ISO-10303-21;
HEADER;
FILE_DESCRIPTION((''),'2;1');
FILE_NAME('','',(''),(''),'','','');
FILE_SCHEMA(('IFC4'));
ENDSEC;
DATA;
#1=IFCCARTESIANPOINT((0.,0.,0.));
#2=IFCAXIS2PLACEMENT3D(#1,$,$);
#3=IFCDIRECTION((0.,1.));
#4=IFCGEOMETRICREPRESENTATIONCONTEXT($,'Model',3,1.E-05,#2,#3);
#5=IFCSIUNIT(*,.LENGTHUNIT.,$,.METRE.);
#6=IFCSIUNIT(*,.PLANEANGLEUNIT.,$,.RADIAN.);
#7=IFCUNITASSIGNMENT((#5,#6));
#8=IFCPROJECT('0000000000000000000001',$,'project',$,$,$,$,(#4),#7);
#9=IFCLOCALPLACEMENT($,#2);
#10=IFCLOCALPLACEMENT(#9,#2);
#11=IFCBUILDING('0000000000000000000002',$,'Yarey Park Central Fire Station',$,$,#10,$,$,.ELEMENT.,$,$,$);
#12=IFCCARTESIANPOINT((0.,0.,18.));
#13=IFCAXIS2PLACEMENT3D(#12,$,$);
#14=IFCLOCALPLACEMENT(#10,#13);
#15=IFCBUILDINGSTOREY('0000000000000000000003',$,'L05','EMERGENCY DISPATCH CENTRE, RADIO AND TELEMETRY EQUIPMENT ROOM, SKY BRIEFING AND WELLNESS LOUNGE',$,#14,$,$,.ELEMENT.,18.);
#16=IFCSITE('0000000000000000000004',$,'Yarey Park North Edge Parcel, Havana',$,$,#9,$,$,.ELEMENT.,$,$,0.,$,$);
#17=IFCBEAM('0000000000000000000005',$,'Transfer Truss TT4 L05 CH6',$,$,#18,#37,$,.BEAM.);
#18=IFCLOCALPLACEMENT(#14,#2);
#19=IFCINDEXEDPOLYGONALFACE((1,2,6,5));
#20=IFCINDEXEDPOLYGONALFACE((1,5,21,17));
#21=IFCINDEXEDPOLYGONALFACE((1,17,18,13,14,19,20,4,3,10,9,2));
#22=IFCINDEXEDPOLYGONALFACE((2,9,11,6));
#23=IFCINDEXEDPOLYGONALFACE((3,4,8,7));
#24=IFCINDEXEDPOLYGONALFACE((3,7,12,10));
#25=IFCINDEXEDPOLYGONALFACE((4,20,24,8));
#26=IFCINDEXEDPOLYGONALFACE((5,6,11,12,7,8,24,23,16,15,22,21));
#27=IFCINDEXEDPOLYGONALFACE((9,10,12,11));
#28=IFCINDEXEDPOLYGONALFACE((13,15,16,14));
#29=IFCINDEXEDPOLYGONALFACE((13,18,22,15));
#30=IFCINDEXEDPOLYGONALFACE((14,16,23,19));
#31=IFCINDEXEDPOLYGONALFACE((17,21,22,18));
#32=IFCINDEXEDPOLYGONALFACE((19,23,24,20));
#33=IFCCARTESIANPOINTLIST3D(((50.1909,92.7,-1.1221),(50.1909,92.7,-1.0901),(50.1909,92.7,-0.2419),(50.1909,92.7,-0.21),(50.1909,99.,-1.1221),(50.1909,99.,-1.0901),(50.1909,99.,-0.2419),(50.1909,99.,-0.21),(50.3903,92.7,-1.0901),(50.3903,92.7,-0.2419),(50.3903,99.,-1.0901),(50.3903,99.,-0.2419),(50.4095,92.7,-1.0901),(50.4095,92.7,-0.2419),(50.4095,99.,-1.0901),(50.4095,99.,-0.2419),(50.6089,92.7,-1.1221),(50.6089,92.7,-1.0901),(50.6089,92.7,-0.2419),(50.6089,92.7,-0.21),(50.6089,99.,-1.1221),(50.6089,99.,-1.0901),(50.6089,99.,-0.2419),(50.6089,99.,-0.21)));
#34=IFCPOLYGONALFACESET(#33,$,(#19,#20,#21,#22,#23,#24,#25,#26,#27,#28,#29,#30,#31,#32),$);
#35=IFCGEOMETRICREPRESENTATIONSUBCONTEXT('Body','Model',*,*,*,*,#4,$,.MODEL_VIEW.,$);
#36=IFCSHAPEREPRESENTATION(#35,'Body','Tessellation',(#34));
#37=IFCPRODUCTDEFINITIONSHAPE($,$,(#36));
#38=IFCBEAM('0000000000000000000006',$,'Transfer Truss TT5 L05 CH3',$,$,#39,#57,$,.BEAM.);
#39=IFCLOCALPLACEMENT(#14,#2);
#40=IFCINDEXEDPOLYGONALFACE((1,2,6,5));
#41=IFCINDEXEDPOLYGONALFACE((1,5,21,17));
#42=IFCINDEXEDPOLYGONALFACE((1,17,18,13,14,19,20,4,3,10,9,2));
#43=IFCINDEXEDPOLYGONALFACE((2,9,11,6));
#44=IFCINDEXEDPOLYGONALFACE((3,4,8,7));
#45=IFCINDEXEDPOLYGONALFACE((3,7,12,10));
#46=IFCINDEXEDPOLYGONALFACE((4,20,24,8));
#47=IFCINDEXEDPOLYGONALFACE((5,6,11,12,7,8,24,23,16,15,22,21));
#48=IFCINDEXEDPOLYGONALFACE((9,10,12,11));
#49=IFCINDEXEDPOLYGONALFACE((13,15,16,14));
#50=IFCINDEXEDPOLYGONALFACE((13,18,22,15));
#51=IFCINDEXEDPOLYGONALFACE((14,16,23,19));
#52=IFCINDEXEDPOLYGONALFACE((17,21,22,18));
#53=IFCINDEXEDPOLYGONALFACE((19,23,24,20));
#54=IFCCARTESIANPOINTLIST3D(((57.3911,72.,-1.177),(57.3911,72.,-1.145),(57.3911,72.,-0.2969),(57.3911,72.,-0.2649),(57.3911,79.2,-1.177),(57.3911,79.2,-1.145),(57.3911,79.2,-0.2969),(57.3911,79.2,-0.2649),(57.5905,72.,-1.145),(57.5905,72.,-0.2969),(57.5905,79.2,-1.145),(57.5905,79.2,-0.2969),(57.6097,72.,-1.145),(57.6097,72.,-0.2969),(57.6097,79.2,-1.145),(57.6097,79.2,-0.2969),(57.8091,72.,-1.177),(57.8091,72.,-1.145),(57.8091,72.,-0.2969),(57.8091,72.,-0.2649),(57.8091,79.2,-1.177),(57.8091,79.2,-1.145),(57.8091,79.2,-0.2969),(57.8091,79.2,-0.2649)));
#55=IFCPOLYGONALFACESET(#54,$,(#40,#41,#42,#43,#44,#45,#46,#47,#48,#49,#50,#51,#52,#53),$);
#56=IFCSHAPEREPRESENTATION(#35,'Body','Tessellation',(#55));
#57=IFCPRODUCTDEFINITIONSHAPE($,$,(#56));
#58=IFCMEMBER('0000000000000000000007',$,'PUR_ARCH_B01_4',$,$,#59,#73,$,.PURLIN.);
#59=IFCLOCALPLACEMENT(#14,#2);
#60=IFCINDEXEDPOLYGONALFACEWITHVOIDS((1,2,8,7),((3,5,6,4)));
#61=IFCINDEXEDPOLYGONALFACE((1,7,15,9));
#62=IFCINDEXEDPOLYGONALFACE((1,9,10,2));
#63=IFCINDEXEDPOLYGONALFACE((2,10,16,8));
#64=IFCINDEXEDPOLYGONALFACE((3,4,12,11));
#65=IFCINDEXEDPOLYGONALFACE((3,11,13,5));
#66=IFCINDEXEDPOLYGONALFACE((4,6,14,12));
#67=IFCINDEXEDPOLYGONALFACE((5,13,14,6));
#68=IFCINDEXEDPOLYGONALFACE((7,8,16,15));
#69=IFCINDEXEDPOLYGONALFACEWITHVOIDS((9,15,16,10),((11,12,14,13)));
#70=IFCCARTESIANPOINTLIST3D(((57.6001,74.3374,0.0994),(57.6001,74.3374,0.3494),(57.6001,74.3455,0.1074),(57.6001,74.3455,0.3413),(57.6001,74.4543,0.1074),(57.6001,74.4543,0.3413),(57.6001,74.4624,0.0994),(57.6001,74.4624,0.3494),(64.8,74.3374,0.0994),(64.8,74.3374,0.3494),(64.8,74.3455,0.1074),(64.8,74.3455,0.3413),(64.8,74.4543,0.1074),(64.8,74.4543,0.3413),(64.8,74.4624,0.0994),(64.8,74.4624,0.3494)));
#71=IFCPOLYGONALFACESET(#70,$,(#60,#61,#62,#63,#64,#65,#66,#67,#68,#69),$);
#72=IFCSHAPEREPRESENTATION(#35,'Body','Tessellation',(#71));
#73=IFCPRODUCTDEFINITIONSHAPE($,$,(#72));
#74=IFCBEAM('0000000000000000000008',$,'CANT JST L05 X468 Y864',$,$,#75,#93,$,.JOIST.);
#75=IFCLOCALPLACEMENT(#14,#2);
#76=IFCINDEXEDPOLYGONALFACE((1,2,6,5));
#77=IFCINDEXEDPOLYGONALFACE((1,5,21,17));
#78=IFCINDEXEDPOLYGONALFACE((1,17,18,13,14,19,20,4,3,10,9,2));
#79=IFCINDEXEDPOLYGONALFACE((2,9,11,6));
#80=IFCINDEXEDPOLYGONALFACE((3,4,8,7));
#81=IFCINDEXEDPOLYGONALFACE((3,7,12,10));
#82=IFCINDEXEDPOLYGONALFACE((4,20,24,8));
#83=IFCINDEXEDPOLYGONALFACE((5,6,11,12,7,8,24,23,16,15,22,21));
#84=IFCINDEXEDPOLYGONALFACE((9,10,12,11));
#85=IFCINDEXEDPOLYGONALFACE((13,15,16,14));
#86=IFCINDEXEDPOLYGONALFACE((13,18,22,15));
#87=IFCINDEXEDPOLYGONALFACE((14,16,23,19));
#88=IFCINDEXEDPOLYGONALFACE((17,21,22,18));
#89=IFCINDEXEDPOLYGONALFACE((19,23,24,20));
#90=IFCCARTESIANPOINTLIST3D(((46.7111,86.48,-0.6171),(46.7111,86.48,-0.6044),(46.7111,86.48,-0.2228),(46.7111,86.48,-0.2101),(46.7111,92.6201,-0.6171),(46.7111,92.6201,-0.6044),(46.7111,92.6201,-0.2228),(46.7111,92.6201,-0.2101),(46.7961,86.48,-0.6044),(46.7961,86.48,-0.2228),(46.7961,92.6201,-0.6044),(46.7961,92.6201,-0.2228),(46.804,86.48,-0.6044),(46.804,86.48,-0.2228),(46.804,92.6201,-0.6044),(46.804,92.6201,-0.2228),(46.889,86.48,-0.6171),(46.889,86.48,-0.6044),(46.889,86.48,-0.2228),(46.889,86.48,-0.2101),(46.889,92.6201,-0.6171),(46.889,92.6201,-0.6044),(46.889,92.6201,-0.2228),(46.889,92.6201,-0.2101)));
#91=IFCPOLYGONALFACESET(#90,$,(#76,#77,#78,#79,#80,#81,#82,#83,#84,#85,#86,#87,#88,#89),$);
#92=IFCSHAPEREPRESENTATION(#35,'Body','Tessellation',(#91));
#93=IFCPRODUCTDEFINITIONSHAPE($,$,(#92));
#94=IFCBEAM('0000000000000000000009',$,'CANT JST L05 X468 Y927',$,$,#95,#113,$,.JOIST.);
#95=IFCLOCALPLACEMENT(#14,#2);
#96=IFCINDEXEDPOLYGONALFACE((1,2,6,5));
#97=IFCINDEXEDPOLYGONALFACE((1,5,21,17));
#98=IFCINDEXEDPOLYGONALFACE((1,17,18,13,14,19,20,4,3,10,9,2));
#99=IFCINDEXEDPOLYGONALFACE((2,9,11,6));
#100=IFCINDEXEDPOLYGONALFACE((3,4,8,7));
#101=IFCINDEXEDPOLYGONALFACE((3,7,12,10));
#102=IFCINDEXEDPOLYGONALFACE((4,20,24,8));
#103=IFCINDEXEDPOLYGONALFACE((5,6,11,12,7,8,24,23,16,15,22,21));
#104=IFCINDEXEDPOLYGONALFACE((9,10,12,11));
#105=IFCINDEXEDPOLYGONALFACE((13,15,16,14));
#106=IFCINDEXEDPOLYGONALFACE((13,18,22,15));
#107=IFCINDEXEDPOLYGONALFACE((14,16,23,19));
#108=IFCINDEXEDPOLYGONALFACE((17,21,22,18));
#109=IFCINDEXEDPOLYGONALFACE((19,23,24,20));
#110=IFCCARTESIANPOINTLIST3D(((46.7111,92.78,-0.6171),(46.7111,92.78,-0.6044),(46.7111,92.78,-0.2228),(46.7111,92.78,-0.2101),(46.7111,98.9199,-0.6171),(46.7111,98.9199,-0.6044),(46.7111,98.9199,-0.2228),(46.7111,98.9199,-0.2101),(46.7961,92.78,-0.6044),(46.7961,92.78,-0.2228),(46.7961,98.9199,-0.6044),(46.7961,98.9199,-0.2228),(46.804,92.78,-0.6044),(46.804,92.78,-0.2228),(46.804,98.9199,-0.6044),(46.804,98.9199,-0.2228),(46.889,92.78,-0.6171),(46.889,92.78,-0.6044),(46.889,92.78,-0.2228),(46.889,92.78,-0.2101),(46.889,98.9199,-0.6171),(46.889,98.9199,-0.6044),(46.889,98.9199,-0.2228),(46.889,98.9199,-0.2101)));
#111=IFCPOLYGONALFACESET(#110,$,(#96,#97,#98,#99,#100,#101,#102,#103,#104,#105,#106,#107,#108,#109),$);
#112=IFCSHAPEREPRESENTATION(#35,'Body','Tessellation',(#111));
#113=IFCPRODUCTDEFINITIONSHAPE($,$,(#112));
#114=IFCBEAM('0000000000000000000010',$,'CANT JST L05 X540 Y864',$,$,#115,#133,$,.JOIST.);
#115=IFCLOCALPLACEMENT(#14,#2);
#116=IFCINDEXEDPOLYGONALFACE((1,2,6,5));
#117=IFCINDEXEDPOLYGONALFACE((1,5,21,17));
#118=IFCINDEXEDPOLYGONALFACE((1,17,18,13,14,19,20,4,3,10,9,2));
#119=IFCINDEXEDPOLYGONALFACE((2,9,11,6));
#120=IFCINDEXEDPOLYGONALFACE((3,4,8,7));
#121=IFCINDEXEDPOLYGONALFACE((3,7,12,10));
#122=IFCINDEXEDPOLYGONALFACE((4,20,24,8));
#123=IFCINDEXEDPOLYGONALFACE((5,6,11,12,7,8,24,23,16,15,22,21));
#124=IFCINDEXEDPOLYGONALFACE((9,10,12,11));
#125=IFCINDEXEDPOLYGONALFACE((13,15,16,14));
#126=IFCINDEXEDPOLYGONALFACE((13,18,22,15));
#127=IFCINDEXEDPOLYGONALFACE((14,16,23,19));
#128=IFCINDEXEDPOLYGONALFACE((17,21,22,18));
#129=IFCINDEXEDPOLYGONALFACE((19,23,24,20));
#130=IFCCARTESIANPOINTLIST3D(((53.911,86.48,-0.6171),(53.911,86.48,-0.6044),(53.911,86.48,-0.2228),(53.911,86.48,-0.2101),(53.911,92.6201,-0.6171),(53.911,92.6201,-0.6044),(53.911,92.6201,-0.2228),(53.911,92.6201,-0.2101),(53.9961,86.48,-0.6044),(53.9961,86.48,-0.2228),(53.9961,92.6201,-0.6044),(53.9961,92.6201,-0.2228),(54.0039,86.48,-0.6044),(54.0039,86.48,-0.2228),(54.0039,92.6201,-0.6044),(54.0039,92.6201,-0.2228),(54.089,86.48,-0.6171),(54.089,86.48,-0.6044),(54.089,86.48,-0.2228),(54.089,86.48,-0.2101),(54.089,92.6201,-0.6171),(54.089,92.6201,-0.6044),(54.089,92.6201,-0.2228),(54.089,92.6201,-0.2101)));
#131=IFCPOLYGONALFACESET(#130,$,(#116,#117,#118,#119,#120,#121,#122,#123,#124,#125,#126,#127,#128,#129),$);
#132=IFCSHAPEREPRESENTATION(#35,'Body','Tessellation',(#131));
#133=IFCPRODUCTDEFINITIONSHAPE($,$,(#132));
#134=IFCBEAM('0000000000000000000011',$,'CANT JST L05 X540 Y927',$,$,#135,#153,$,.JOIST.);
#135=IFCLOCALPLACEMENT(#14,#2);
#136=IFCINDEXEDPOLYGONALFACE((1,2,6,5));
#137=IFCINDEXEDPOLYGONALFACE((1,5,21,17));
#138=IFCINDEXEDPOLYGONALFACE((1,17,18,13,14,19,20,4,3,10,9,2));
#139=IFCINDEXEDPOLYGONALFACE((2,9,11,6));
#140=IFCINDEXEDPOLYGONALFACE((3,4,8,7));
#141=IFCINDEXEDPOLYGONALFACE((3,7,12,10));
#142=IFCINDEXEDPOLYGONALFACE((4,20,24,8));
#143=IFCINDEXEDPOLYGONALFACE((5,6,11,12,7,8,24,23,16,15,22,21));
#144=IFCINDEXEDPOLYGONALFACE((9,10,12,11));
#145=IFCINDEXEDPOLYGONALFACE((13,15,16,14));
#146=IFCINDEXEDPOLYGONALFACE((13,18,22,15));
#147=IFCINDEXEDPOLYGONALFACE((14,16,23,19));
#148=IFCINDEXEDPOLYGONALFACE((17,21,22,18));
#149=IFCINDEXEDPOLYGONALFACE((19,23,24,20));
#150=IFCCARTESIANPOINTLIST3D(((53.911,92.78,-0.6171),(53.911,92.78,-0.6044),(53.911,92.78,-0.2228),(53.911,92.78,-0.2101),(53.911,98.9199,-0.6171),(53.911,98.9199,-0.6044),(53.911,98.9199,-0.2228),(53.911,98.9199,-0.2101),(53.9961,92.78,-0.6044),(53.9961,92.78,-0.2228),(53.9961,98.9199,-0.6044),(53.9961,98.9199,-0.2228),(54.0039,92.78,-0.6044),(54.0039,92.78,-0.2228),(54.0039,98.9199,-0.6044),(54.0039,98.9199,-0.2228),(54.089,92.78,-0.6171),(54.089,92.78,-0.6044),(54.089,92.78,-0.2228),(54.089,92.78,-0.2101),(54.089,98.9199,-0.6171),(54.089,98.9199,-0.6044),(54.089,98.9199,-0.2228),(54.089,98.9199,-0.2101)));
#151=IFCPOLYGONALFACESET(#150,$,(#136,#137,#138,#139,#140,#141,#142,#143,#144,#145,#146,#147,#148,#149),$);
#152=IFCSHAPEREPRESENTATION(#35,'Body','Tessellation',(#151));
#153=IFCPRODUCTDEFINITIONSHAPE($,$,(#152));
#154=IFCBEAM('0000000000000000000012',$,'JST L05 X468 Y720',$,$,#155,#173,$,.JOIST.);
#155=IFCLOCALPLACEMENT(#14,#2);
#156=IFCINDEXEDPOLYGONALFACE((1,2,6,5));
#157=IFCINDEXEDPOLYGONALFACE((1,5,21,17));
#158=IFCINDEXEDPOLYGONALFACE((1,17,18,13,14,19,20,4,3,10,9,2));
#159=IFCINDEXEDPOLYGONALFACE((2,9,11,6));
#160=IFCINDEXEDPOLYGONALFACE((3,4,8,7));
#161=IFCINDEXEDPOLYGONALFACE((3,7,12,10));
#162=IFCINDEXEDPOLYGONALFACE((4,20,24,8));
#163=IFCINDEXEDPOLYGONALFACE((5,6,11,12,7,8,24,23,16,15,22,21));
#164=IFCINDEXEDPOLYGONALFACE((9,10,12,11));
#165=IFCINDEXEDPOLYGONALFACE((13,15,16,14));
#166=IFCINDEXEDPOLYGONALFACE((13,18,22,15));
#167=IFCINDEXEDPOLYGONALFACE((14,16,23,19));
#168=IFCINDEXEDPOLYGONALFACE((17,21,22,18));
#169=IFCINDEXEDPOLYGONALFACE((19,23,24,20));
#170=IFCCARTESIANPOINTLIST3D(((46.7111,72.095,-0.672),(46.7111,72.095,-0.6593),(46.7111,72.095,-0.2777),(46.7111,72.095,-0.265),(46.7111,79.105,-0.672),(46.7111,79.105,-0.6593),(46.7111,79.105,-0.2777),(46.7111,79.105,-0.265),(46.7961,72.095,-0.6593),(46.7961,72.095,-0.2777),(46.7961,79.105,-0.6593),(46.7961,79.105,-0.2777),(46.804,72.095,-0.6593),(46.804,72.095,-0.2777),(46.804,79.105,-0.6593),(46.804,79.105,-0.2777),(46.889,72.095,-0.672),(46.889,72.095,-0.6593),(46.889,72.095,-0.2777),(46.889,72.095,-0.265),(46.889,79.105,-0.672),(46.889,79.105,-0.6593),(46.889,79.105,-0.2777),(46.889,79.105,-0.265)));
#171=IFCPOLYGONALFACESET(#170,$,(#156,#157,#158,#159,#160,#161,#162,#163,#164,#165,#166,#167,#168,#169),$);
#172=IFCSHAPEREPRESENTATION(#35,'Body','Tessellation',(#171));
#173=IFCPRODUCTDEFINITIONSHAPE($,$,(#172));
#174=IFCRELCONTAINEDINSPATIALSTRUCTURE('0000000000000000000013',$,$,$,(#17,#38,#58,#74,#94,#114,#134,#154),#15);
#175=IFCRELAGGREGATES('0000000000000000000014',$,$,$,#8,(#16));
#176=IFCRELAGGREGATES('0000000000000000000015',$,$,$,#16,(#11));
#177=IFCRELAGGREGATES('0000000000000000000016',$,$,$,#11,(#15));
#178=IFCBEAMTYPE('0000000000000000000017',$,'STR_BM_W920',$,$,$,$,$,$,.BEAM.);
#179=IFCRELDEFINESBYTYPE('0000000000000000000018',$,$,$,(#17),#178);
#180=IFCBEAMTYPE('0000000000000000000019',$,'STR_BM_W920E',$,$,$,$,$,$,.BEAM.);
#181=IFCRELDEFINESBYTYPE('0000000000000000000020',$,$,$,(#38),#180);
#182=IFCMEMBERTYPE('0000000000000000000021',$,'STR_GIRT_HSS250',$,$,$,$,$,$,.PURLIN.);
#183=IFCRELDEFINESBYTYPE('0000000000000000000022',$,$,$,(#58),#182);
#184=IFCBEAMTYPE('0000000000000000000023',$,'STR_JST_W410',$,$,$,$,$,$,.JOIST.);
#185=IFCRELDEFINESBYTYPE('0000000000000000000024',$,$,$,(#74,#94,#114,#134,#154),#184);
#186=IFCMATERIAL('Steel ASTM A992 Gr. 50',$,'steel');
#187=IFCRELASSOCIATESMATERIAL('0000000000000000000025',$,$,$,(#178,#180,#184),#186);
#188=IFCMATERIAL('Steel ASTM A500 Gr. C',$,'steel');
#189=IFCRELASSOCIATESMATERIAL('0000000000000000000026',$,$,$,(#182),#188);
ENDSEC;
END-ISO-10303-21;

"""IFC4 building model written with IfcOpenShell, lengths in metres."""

from ifc_helpers import new_model, si_unit, direction, frame, origin, origin_2d, place, context, subcontext, project, spatial, hollow_rectangle, i_section, extrude, material, material_profile, profile_set, type_object, element, save


model = new_model("IFC4")

# Units and contexts
model_context = context("Model", 3, precision=1e-05, world=origin(), true_north=direction((0.0, 1.0)))
body_context = subcontext(model_context, "Body", "Model", "MODEL_VIEW")
ifc_project = project(units=[si_unit("LENGTHUNIT", "METRE"), si_unit("PLANEANGLEUNIT", "RADIAN")], contexts=[model_context])

# Site, building, storey
site_placement = place(None, origin())
site = spatial("IfcSite", under=ifc_project, at=site_placement, Name="Yarey Park North Edge Parcel, Havana", CompositionType="ELEMENT", RefElevation=0.0)
building_placement = place(site_placement, origin())
building = spatial("IfcBuilding", under=site, at=building_placement, Name="Yarey Park Central Fire Station", CompositionType="ELEMENT")
storey_placement = place(building_placement, frame((0.0, 0.0, 18.0)))
storey = spatial("IfcBuildingStorey", under=building, at=storey_placement, Name="L05", Description="EMERGENCY DISPATCH CENTRE, RADIO AND TELEMETRY EQUIPMENT ROOM, SKY BRIEFING AND WELLNESS LOUNGE", CompositionType="ELEMENT", Elevation=18.0)

# Shared definitions
ifc_material_1 = material(Name="Steel ASTM A992 Gr. 50", Category="steel")

# Beams
ifc_material_profile_1 = material_profile(ifc_material_1, i_section(OverallWidth=0.418, OverallDepth=0.9121, WebThickness=0.0193, FlangeThickness=0.032, at=origin_2d()), Name="W920x342")
ifc_profile_set_1 = profile_set([ifc_material_profile_1], Name="Steel ASTM A992 Gr. 50")
beam_type_1 = type_object("IfcBeamType", Name="STR_BM_W920", PredefinedType="BEAM", material=ifc_profile_set_1)
for number, where, z_axis, x_axis, name in (
    (1, (50.3999, 92.7, -0.666), (0.0, 1.0, 0.0), (-1.0, 0.0, 0.0), "Transfer Truss TT4 L05 CH6"),
):
    element("IfcBeam", number, at=place(storey_placement, frame(where, z_axis=z_axis, x_axis=x_axis)), inside=storey, type_object=beam_type_1, Name=name, PredefinedType="BEAM", context=body_context, shape_type="SweptSolid", body=[
        extrude(i_section(OverallWidth=0.418, OverallDepth=0.9121, WebThickness=0.0193, FlangeThickness=0.032, at=origin_2d()), origin(), (0.0, 0.0, 1.0), 6.3),
    ])
ifc_material_profile_2 = material_profile(ifc_material_1, i_section(OverallWidth=0.418, OverallDepth=0.9121, WebThickness=0.0193, FlangeThickness=0.032, at=origin_2d()), Name="W920x342")
ifc_profile_set_2 = profile_set([ifc_material_profile_2], Name="Steel ASTM A992 Gr. 50")
beam_type_2 = type_object("IfcBeamType", Name="STR_BM_W920E", PredefinedType="BEAM", material=ifc_profile_set_2)
beam_1_placement = place(storey_placement, frame((57.6001, 72.0, -0.7209), z_axis=(0.0, 1.0, 0.0), x_axis=(-1.0, 0.0, 0.0)))
element("IfcBeam", 2, at=beam_1_placement, inside=storey, type_object=beam_type_2, Name="Transfer Truss TT5 L05 CH3", PredefinedType="BEAM", context=body_context, shape_type="SweptSolid", body=[
    extrude(i_section(OverallWidth=0.418, OverallDepth=0.9121, WebThickness=0.0193, FlangeThickness=0.032, at=origin_2d()), origin(), (0.0, 0.0, 1.0), 7.2),
])

# Member
ifc_material_2 = material(Name="Steel ASTM A500 Gr. C", Category="steel")
ifc_material_profile_3 = material_profile(ifc_material_2, hollow_rectangle(XDim=0.125, YDim=0.25, WallThickness=0.0081, at=origin_2d()), Name="HSS 250x125x8")
ifc_profile_set_3 = profile_set([ifc_material_profile_3], Name="Steel ASTM A500 Gr. C")
member_type = type_object("IfcMemberType", Name="STR_GIRT_HSS250", PredefinedType="PURLIN", material=ifc_profile_set_3)
member_placement = place(storey_placement, frame((57.6001, 74.3999, 0.2244), z_axis=(1.0, 0.0, 0.0), x_axis=(0.0, 1.0, 0.0)))
element("IfcMember", 3, at=member_placement, inside=storey, type_object=member_type, Name="PUR_ARCH_B01_4", PredefinedType="PURLIN", context=body_context, shape_type="SweptSolid", body=[
    extrude(hollow_rectangle(XDim=0.125, YDim=0.25, WallThickness=0.0081, at=origin_2d()), origin(), (0.0, 0.0, 1.0), 7.2),
])

# Beams
ifc_material_profile_4 = material_profile(ifc_material_1, i_section(OverallWidth=0.178, OverallDepth=0.407, WebThickness=0.0078, FlangeThickness=0.0127, at=origin_2d()), Name="W410x60")
ifc_profile_set_4 = profile_set([ifc_material_profile_4], Name="Steel ASTM A992 Gr. 50")
beam_type_3 = type_object("IfcBeamType", Name="STR_JST_W410", PredefinedType="JOIST", material=ifc_profile_set_4)
beam_2_placement = place(storey_placement, frame((46.8, 86.48, -0.4136), z_axis=(0.0, 1.0, 0.0), x_axis=(-1.0, 0.0, 0.0)))
element("IfcBeam", 4, at=beam_2_placement, inside=storey, type_object=beam_type_3, Name="CANT JST L05 X468 Y864", PredefinedType="JOIST", context=body_context, shape_type="SweptSolid", body=[
    extrude(i_section(OverallWidth=0.178, OverallDepth=0.407, WebThickness=0.0078, FlangeThickness=0.0127, at=origin_2d()), origin(), (0.0, 0.0, 1.0), 6.1401),
])
beam_3_placement = place(storey_placement, frame((46.8, 92.78, -0.4136), z_axis=(0.0, 1.0, 0.0), x_axis=(-1.0, 0.0, 0.0)))
element("IfcBeam", 5, at=beam_3_placement, inside=storey, type_object=beam_type_3, Name="CANT JST L05 X468 Y927", PredefinedType="JOIST", context=body_context, shape_type="SweptSolid", body=[
    extrude(i_section(OverallWidth=0.178, OverallDepth=0.407, WebThickness=0.0078, FlangeThickness=0.0127, at=origin_2d()), origin(), (0.0, 0.0, 1.0), 6.1399),
])
beam_4_placement = place(storey_placement, frame((54.0, 86.48, -0.4136), z_axis=(0.0, 1.0, 0.0), x_axis=(-1.0, 0.0, 0.0)))
element("IfcBeam", 6, at=beam_4_placement, inside=storey, type_object=beam_type_3, Name="CANT JST L05 X540 Y864", PredefinedType="JOIST", context=body_context, shape_type="SweptSolid", body=[
    extrude(i_section(OverallWidth=0.178, OverallDepth=0.407, WebThickness=0.0078, FlangeThickness=0.0127, at=origin_2d()), origin(), (0.0, 0.0, 1.0), 6.1401),
])
beam_5_placement = place(storey_placement, frame((54.0, 92.78, -0.4136), z_axis=(0.0, 1.0, 0.0), x_axis=(-1.0, 0.0, 0.0)))
element("IfcBeam", 7, at=beam_5_placement, inside=storey, type_object=beam_type_3, Name="CANT JST L05 X540 Y927", PredefinedType="JOIST", context=body_context, shape_type="SweptSolid", body=[
    extrude(i_section(OverallWidth=0.178, OverallDepth=0.407, WebThickness=0.0078, FlangeThickness=0.0127, at=origin_2d()), origin(), (0.0, 0.0, 1.0), 6.1399),
])
for number, where, z_axis, x_axis, name in (
    (8, (46.8, 72.095, -0.4685), (0.0, 1.0, 0.0), (-1.0, 0.0, 0.0), "JST L05 X468 Y720"),
):
    element("IfcBeam", number, at=place(storey_placement, frame(where, z_axis=z_axis, x_axis=x_axis)), inside=storey, type_object=beam_type_3, Name=name, PredefinedType="JOIST", context=body_context, shape_type="SweptSolid", body=[
        extrude(i_section(OverallWidth=0.178, OverallDepth=0.407, WebThickness=0.0078, FlangeThickness=0.0127, at=origin_2d()), origin(), (0.0, 0.0, 1.0), 7.01),
    ])

save(model, "model.ifc")
